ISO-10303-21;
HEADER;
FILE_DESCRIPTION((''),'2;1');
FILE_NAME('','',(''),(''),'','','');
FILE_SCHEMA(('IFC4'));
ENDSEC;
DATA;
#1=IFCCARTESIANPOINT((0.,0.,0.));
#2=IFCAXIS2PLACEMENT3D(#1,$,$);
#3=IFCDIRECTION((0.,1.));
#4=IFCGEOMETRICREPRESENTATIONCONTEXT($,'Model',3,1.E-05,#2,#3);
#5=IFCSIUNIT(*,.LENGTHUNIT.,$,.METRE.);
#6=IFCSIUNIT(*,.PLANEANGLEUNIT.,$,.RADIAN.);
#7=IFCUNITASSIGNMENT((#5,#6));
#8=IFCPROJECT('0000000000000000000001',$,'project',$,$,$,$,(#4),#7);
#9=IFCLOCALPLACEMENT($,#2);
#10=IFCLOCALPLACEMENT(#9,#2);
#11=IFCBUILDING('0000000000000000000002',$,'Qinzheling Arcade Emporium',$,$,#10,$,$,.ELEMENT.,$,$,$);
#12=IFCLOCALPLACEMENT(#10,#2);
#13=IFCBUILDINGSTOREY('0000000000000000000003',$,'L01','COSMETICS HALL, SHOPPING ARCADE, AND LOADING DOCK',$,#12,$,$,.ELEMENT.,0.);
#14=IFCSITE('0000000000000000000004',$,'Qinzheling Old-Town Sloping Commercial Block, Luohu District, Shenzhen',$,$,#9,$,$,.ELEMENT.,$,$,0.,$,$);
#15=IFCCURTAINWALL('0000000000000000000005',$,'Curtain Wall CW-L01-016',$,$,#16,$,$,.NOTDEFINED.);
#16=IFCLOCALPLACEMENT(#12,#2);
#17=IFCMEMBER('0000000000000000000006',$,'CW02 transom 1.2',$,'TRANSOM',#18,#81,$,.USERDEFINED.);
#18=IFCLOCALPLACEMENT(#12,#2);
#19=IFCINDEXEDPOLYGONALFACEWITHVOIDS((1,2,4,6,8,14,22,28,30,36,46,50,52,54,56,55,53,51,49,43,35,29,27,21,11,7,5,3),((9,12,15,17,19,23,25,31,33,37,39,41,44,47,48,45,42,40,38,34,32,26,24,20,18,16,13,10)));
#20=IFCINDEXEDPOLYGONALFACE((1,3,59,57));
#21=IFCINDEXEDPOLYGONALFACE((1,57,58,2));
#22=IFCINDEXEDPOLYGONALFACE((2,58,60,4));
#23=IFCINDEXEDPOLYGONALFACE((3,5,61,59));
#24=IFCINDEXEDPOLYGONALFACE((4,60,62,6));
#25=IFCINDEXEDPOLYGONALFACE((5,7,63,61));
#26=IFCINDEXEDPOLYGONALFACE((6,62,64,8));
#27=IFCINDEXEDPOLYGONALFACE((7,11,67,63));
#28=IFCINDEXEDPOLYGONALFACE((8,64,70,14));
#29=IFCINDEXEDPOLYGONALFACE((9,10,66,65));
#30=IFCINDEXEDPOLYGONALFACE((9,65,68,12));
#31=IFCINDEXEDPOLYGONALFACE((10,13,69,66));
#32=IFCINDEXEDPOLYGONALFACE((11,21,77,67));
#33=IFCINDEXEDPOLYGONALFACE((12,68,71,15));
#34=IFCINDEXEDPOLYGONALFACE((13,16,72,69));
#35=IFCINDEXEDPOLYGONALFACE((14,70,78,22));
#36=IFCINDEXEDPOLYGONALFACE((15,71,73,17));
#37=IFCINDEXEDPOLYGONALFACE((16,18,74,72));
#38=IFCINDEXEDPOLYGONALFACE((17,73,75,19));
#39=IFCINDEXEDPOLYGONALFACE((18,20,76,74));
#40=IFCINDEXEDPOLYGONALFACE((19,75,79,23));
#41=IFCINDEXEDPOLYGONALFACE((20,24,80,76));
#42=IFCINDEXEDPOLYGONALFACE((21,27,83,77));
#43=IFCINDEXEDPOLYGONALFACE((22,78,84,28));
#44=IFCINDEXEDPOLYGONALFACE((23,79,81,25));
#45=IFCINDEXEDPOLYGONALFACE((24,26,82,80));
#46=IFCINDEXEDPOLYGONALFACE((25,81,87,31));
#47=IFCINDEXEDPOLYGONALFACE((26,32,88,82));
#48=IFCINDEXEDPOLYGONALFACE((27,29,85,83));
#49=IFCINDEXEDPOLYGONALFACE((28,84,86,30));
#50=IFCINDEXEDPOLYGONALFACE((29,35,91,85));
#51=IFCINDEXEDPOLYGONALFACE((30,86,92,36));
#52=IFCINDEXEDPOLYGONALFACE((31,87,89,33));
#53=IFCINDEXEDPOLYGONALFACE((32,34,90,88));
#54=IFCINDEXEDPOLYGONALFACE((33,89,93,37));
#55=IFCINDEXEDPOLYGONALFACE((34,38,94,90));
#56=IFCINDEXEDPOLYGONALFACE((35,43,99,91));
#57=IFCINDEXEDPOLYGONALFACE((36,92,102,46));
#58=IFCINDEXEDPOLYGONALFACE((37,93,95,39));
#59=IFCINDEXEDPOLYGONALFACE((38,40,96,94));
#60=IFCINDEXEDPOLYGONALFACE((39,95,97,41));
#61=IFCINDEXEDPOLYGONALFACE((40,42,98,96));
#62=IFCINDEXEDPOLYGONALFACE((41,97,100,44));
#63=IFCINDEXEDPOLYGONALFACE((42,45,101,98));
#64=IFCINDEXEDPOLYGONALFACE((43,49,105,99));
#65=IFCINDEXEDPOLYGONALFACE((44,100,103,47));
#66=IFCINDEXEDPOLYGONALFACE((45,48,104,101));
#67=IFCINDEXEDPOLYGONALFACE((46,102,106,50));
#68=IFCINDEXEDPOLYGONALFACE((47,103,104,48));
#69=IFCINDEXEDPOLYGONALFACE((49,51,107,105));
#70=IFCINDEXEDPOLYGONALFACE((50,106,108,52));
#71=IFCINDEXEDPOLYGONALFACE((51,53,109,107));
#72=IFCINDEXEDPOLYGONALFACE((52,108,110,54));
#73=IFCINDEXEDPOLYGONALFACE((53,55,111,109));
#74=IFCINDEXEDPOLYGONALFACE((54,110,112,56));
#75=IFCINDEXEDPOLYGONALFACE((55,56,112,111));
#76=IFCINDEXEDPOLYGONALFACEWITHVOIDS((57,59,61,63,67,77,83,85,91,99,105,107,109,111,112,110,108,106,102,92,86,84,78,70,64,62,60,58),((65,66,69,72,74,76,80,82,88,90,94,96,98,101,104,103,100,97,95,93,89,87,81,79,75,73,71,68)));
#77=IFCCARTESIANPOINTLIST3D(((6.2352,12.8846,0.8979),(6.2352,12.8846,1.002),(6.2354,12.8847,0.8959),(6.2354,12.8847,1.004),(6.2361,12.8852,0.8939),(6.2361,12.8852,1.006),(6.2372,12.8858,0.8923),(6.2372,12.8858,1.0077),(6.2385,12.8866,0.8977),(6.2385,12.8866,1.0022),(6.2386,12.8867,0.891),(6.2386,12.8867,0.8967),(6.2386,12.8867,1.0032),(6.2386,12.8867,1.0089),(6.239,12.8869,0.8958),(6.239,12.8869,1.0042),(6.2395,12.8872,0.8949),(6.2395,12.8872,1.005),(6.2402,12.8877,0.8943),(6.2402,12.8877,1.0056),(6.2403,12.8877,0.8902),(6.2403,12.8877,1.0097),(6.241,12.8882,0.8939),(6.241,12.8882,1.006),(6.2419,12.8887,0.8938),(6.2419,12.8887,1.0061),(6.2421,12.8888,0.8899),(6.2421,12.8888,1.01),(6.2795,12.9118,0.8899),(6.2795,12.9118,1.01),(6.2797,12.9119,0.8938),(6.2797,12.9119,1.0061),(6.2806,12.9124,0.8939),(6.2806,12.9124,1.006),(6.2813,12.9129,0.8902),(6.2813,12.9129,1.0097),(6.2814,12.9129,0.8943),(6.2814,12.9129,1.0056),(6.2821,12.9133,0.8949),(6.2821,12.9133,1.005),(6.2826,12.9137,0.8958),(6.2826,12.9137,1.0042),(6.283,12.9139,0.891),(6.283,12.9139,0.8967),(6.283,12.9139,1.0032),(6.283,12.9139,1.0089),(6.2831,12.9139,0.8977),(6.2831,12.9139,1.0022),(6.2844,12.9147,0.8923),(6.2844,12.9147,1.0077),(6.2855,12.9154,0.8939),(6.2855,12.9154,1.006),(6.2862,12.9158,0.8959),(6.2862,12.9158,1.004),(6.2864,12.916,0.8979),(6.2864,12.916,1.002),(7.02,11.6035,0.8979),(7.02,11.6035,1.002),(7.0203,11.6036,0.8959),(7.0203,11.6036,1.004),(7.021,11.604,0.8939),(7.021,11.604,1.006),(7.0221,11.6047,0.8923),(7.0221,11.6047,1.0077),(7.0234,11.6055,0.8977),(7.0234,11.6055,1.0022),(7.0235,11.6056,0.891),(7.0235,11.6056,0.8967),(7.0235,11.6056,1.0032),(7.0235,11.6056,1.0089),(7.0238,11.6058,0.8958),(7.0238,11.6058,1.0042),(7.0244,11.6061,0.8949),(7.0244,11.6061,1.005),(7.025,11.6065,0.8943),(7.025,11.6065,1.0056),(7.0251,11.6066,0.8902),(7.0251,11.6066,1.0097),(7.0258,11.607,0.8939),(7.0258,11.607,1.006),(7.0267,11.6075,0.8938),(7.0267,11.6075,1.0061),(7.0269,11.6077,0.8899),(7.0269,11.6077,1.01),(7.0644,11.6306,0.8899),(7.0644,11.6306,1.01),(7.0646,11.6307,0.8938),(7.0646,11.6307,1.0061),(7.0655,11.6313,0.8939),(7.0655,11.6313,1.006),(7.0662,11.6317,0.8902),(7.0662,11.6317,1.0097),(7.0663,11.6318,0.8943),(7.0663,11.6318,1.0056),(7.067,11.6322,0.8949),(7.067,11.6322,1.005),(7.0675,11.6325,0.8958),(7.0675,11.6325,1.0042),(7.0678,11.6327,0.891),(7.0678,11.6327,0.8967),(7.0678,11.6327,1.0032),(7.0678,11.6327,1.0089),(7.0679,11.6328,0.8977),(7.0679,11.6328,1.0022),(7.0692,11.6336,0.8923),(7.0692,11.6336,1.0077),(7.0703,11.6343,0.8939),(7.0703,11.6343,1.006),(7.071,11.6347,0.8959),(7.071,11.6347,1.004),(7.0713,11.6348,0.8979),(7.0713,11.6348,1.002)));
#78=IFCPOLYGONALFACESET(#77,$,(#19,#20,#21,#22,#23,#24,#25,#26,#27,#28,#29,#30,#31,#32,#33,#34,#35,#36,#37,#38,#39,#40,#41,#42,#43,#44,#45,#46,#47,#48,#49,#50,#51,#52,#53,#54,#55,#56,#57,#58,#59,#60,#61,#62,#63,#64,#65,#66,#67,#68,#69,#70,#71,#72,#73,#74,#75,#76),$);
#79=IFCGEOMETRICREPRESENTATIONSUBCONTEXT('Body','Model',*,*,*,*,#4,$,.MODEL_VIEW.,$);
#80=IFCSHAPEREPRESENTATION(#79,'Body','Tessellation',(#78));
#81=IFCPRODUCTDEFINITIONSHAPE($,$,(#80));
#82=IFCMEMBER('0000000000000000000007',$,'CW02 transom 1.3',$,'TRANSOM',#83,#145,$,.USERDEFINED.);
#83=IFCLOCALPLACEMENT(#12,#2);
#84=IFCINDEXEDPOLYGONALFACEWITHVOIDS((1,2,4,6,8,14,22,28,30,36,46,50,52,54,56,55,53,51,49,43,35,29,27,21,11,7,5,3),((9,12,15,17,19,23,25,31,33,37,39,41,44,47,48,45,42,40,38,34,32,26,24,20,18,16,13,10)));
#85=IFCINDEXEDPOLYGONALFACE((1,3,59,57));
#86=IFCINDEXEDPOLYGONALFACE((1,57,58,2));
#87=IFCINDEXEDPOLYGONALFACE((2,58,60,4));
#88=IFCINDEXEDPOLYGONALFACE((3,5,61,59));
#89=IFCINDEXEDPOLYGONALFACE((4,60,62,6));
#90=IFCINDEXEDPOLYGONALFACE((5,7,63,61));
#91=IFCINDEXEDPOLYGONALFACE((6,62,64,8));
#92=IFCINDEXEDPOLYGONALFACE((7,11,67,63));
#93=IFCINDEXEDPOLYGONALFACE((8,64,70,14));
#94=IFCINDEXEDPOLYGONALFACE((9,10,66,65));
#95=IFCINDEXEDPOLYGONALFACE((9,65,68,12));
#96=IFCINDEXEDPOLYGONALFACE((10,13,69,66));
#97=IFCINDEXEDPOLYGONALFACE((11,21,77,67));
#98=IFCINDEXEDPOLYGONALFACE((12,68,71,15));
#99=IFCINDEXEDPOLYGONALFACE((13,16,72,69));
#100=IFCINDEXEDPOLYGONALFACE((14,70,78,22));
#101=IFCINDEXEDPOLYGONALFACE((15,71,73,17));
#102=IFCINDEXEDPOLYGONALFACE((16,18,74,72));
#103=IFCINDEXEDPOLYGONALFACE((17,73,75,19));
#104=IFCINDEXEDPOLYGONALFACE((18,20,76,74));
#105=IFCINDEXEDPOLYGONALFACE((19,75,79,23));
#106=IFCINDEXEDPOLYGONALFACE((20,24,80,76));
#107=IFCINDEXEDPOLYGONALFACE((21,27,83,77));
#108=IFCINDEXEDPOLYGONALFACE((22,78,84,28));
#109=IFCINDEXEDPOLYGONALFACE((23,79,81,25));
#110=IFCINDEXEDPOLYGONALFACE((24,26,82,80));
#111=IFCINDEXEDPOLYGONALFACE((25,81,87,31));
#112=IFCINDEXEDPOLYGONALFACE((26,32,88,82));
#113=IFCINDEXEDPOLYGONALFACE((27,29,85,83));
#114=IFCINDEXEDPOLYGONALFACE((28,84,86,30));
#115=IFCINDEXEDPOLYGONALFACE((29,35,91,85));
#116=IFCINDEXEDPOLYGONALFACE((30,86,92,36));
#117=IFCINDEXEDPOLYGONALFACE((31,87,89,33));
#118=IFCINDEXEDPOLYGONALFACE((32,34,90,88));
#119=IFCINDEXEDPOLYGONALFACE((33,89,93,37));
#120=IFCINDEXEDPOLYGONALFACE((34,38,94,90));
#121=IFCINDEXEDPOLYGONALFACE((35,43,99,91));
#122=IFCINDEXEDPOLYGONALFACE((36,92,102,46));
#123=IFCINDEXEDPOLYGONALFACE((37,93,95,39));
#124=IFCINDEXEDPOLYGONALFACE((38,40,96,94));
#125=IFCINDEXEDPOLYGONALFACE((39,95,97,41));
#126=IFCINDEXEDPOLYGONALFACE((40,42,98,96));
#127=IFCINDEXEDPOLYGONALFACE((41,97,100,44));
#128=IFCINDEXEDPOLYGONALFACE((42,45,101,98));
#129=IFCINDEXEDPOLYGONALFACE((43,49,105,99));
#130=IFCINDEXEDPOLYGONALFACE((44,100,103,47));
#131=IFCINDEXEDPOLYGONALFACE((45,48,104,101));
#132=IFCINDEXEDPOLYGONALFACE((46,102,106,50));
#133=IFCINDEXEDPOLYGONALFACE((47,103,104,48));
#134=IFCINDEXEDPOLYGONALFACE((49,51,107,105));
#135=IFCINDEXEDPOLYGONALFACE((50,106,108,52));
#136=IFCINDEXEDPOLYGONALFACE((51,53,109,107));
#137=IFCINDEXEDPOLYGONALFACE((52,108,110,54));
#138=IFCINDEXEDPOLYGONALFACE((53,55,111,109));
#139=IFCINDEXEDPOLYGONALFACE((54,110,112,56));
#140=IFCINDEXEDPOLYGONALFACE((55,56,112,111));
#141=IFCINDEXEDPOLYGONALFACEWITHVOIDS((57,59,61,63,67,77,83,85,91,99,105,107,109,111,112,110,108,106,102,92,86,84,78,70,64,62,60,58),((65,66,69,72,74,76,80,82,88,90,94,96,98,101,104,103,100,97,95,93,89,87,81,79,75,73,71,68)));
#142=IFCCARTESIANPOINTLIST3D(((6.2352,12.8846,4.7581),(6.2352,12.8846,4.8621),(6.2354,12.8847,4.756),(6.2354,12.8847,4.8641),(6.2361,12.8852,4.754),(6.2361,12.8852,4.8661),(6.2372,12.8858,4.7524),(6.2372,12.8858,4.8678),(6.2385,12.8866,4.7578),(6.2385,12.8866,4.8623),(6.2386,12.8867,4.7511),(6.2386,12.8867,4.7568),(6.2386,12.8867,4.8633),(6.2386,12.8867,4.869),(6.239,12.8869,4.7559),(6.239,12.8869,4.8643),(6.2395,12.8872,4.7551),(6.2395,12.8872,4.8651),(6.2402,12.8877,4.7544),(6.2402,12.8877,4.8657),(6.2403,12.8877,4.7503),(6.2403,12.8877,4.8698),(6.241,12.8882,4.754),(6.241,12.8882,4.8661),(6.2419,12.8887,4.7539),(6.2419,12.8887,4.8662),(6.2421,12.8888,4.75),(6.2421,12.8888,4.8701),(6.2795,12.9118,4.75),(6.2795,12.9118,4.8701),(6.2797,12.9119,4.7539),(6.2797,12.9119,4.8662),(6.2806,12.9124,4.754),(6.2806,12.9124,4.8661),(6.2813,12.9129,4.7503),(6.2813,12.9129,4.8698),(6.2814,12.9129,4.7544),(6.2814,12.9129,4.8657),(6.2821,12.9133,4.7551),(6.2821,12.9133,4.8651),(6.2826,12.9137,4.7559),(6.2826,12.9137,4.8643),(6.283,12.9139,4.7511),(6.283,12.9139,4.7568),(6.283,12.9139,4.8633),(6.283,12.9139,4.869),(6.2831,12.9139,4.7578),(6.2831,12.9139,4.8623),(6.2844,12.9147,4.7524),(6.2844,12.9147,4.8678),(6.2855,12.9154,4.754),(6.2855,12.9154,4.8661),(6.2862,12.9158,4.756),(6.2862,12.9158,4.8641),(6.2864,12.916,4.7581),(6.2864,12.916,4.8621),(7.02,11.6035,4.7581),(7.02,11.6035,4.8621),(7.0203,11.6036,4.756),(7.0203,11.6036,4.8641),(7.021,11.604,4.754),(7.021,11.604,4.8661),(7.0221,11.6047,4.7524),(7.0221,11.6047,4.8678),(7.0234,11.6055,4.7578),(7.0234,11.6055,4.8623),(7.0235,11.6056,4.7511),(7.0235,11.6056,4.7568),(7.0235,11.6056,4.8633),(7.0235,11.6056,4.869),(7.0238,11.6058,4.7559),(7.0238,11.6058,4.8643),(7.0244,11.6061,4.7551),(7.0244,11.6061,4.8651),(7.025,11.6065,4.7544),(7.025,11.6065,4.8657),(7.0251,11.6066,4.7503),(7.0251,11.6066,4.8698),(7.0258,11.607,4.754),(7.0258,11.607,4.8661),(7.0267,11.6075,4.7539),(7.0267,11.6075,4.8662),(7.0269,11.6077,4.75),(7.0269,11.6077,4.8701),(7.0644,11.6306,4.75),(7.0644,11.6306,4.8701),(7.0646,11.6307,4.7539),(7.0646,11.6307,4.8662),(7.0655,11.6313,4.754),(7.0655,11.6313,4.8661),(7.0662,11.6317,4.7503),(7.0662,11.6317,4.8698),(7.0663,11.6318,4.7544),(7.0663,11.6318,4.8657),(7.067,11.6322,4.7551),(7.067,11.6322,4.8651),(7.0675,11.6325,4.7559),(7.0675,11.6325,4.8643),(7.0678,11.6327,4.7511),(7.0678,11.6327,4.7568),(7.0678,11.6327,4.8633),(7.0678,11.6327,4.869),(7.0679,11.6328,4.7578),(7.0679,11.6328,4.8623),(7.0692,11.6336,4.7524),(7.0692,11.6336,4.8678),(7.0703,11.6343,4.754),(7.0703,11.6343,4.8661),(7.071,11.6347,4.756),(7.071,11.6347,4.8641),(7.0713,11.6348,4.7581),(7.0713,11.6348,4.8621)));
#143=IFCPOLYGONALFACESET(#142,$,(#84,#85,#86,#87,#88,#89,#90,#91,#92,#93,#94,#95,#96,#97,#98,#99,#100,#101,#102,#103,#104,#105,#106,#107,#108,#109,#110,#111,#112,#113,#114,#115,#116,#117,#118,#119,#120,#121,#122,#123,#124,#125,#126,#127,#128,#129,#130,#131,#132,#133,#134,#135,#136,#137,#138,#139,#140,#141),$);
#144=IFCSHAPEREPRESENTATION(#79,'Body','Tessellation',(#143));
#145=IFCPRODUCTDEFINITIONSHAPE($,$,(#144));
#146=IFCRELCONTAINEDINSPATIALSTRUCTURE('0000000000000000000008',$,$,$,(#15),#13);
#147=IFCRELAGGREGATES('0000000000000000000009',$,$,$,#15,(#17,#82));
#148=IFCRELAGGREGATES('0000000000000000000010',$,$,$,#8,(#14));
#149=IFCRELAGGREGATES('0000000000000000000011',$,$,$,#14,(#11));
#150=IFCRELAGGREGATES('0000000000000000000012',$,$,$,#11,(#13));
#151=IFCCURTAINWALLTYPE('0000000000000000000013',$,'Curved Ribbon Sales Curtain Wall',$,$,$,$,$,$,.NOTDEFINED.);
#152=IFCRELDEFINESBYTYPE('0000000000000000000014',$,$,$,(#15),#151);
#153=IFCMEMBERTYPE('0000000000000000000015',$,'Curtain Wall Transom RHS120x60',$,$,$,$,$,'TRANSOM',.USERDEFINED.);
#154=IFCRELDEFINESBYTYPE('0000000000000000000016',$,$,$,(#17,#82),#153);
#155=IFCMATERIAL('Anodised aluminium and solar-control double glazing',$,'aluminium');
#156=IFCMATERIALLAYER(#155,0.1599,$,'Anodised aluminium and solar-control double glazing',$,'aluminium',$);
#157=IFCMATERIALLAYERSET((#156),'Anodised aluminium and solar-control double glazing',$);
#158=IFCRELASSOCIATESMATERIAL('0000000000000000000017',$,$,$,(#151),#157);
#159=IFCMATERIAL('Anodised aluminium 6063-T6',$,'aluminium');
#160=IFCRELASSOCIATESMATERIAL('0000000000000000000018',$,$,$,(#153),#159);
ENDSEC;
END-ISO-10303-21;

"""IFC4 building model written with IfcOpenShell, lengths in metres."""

from ifc_helpers import new_model, si_unit, direction, frame, origin, origin_2d, place, context, subcontext, project, spatial, hollow_rectangle, extrude, material, layer, layer_set, material_profile, profile_set, type_object, element, aggregate, save


model = new_model("IFC4")

# Units and contexts
model_context = context("Model", 3, precision=1e-05, world=origin(), true_north=direction((0.0, 1.0)))
body_context = subcontext(model_context, "Body", "Model", "MODEL_VIEW")
ifc_project = project(units=[si_unit("LENGTHUNIT", "METRE"), si_unit("PLANEANGLEUNIT", "RADIAN")], contexts=[model_context])

# Site, building, storey
site_placement = place(None, origin())
site = spatial("IfcSite", under=ifc_project, at=site_placement, Name="Qinzheling Old-Town Sloping Commercial Block, Luohu District, Shenzhen", CompositionType="ELEMENT", RefElevation=0.0)
building_placement = place(site_placement, origin())
building = spatial("IfcBuilding", under=site, at=building_placement, Name="Qinzheling Arcade Emporium", CompositionType="ELEMENT")
storey_placement = place(building_placement, origin())
storey = spatial("IfcBuildingStorey", under=building, at=storey_placement, Name="L01", Description="COSMETICS HALL, SHOPPING ARCADE, AND LOADING DOCK", CompositionType="ELEMENT", Elevation=0.0)

# Curtain wall
ifc_material_1 = material(Name="Anodised aluminium and solar-control double glazing", Category="aluminium")
ifc_layer_1 = layer(ifc_material_1, 0.1599, Name="Anodised aluminium and solar-control double glazing", Category="aluminium")
ifc_layer_set_1 = layer_set([ifc_layer_1], Name="Anodised aluminium and solar-control double glazing")
curtain_wall_type = type_object("IfcCurtainWallType", Name="Curved Ribbon Sales Curtain Wall", PredefinedType="NOTDEFINED", material=ifc_layer_set_1)
ifc_material_2 = material(Name="Anodised aluminium 6063-T6", Category="aluminium")
curtain_wall_1_placement = place(storey_placement, origin())
curtain_wall_1 = element("IfcCurtainWall", 1, at=curtain_wall_1_placement, inside=storey, type_object=curtain_wall_type, Name="Curtain Wall CW-L01-016", PredefinedType="NOTDEFINED")

# Members
ifc_material_profile_1 = material_profile(ifc_material_2, hollow_rectangle(XDim=0.0601, YDim=0.1201, WallThickness=0.0039, InnerFilletRadius=0.0039, OuterFilletRadius=0.0081, at=origin_2d()), Name="RHS 120x60x4", Category="aluminium")
ifc_profile_set_1 = profile_set([ifc_material_profile_1], Name="Anodised aluminium 6063-T6")
member_type_1 = type_object("IfcMemberType", Name="Curtain Wall Transom RHS120x60", ElementType="TRANSOM", PredefinedType="USERDEFINED", material=ifc_profile_set_1)
member_1_placement = place(storey_placement, frame((7.0457, 11.6191, 0.95), z_axis=(-0.522383, 0.852711, 0.0), x_axis=(-0.852711, -0.522383, 0.0)))
member_1 = element("IfcMember", 2, at=member_1_placement, type_object=member_type_1, Name="CW02 transom 1.2", ObjectType="TRANSOM", PredefinedType="USERDEFINED", context=body_context, shape_type="SweptSolid", body=[
    extrude(hollow_rectangle(XDim=0.0601, YDim=0.1201, WallThickness=0.0039, InnerFilletRadius=0.0039, OuterFilletRadius=0.0081, at=origin_2d()), origin(), (0.0, 0.0, 1.0), 1.5024),
])
member_2_placement = place(storey_placement, frame((7.0457, 11.6191, 4.8101), z_axis=(-0.522383, 0.852711, 0.0), x_axis=(-0.852711, -0.522383, 0.0)))
member_2 = element("IfcMember", 3, at=member_2_placement, type_object=member_type_1, Name="CW02 transom 1.3", ObjectType="TRANSOM", PredefinedType="USERDEFINED", context=body_context, shape_type="SweptSolid", body=[
    extrude(hollow_rectangle(XDim=0.0601, YDim=0.1201, WallThickness=0.0039, InnerFilletRadius=0.0039, OuterFilletRadius=0.0081, at=origin_2d()), origin(), (0.0, 0.0, 1.0), 1.5024),
])

aggregate(curtain_wall_1, [member_1, member_2])

save(model, "model.ifc")
